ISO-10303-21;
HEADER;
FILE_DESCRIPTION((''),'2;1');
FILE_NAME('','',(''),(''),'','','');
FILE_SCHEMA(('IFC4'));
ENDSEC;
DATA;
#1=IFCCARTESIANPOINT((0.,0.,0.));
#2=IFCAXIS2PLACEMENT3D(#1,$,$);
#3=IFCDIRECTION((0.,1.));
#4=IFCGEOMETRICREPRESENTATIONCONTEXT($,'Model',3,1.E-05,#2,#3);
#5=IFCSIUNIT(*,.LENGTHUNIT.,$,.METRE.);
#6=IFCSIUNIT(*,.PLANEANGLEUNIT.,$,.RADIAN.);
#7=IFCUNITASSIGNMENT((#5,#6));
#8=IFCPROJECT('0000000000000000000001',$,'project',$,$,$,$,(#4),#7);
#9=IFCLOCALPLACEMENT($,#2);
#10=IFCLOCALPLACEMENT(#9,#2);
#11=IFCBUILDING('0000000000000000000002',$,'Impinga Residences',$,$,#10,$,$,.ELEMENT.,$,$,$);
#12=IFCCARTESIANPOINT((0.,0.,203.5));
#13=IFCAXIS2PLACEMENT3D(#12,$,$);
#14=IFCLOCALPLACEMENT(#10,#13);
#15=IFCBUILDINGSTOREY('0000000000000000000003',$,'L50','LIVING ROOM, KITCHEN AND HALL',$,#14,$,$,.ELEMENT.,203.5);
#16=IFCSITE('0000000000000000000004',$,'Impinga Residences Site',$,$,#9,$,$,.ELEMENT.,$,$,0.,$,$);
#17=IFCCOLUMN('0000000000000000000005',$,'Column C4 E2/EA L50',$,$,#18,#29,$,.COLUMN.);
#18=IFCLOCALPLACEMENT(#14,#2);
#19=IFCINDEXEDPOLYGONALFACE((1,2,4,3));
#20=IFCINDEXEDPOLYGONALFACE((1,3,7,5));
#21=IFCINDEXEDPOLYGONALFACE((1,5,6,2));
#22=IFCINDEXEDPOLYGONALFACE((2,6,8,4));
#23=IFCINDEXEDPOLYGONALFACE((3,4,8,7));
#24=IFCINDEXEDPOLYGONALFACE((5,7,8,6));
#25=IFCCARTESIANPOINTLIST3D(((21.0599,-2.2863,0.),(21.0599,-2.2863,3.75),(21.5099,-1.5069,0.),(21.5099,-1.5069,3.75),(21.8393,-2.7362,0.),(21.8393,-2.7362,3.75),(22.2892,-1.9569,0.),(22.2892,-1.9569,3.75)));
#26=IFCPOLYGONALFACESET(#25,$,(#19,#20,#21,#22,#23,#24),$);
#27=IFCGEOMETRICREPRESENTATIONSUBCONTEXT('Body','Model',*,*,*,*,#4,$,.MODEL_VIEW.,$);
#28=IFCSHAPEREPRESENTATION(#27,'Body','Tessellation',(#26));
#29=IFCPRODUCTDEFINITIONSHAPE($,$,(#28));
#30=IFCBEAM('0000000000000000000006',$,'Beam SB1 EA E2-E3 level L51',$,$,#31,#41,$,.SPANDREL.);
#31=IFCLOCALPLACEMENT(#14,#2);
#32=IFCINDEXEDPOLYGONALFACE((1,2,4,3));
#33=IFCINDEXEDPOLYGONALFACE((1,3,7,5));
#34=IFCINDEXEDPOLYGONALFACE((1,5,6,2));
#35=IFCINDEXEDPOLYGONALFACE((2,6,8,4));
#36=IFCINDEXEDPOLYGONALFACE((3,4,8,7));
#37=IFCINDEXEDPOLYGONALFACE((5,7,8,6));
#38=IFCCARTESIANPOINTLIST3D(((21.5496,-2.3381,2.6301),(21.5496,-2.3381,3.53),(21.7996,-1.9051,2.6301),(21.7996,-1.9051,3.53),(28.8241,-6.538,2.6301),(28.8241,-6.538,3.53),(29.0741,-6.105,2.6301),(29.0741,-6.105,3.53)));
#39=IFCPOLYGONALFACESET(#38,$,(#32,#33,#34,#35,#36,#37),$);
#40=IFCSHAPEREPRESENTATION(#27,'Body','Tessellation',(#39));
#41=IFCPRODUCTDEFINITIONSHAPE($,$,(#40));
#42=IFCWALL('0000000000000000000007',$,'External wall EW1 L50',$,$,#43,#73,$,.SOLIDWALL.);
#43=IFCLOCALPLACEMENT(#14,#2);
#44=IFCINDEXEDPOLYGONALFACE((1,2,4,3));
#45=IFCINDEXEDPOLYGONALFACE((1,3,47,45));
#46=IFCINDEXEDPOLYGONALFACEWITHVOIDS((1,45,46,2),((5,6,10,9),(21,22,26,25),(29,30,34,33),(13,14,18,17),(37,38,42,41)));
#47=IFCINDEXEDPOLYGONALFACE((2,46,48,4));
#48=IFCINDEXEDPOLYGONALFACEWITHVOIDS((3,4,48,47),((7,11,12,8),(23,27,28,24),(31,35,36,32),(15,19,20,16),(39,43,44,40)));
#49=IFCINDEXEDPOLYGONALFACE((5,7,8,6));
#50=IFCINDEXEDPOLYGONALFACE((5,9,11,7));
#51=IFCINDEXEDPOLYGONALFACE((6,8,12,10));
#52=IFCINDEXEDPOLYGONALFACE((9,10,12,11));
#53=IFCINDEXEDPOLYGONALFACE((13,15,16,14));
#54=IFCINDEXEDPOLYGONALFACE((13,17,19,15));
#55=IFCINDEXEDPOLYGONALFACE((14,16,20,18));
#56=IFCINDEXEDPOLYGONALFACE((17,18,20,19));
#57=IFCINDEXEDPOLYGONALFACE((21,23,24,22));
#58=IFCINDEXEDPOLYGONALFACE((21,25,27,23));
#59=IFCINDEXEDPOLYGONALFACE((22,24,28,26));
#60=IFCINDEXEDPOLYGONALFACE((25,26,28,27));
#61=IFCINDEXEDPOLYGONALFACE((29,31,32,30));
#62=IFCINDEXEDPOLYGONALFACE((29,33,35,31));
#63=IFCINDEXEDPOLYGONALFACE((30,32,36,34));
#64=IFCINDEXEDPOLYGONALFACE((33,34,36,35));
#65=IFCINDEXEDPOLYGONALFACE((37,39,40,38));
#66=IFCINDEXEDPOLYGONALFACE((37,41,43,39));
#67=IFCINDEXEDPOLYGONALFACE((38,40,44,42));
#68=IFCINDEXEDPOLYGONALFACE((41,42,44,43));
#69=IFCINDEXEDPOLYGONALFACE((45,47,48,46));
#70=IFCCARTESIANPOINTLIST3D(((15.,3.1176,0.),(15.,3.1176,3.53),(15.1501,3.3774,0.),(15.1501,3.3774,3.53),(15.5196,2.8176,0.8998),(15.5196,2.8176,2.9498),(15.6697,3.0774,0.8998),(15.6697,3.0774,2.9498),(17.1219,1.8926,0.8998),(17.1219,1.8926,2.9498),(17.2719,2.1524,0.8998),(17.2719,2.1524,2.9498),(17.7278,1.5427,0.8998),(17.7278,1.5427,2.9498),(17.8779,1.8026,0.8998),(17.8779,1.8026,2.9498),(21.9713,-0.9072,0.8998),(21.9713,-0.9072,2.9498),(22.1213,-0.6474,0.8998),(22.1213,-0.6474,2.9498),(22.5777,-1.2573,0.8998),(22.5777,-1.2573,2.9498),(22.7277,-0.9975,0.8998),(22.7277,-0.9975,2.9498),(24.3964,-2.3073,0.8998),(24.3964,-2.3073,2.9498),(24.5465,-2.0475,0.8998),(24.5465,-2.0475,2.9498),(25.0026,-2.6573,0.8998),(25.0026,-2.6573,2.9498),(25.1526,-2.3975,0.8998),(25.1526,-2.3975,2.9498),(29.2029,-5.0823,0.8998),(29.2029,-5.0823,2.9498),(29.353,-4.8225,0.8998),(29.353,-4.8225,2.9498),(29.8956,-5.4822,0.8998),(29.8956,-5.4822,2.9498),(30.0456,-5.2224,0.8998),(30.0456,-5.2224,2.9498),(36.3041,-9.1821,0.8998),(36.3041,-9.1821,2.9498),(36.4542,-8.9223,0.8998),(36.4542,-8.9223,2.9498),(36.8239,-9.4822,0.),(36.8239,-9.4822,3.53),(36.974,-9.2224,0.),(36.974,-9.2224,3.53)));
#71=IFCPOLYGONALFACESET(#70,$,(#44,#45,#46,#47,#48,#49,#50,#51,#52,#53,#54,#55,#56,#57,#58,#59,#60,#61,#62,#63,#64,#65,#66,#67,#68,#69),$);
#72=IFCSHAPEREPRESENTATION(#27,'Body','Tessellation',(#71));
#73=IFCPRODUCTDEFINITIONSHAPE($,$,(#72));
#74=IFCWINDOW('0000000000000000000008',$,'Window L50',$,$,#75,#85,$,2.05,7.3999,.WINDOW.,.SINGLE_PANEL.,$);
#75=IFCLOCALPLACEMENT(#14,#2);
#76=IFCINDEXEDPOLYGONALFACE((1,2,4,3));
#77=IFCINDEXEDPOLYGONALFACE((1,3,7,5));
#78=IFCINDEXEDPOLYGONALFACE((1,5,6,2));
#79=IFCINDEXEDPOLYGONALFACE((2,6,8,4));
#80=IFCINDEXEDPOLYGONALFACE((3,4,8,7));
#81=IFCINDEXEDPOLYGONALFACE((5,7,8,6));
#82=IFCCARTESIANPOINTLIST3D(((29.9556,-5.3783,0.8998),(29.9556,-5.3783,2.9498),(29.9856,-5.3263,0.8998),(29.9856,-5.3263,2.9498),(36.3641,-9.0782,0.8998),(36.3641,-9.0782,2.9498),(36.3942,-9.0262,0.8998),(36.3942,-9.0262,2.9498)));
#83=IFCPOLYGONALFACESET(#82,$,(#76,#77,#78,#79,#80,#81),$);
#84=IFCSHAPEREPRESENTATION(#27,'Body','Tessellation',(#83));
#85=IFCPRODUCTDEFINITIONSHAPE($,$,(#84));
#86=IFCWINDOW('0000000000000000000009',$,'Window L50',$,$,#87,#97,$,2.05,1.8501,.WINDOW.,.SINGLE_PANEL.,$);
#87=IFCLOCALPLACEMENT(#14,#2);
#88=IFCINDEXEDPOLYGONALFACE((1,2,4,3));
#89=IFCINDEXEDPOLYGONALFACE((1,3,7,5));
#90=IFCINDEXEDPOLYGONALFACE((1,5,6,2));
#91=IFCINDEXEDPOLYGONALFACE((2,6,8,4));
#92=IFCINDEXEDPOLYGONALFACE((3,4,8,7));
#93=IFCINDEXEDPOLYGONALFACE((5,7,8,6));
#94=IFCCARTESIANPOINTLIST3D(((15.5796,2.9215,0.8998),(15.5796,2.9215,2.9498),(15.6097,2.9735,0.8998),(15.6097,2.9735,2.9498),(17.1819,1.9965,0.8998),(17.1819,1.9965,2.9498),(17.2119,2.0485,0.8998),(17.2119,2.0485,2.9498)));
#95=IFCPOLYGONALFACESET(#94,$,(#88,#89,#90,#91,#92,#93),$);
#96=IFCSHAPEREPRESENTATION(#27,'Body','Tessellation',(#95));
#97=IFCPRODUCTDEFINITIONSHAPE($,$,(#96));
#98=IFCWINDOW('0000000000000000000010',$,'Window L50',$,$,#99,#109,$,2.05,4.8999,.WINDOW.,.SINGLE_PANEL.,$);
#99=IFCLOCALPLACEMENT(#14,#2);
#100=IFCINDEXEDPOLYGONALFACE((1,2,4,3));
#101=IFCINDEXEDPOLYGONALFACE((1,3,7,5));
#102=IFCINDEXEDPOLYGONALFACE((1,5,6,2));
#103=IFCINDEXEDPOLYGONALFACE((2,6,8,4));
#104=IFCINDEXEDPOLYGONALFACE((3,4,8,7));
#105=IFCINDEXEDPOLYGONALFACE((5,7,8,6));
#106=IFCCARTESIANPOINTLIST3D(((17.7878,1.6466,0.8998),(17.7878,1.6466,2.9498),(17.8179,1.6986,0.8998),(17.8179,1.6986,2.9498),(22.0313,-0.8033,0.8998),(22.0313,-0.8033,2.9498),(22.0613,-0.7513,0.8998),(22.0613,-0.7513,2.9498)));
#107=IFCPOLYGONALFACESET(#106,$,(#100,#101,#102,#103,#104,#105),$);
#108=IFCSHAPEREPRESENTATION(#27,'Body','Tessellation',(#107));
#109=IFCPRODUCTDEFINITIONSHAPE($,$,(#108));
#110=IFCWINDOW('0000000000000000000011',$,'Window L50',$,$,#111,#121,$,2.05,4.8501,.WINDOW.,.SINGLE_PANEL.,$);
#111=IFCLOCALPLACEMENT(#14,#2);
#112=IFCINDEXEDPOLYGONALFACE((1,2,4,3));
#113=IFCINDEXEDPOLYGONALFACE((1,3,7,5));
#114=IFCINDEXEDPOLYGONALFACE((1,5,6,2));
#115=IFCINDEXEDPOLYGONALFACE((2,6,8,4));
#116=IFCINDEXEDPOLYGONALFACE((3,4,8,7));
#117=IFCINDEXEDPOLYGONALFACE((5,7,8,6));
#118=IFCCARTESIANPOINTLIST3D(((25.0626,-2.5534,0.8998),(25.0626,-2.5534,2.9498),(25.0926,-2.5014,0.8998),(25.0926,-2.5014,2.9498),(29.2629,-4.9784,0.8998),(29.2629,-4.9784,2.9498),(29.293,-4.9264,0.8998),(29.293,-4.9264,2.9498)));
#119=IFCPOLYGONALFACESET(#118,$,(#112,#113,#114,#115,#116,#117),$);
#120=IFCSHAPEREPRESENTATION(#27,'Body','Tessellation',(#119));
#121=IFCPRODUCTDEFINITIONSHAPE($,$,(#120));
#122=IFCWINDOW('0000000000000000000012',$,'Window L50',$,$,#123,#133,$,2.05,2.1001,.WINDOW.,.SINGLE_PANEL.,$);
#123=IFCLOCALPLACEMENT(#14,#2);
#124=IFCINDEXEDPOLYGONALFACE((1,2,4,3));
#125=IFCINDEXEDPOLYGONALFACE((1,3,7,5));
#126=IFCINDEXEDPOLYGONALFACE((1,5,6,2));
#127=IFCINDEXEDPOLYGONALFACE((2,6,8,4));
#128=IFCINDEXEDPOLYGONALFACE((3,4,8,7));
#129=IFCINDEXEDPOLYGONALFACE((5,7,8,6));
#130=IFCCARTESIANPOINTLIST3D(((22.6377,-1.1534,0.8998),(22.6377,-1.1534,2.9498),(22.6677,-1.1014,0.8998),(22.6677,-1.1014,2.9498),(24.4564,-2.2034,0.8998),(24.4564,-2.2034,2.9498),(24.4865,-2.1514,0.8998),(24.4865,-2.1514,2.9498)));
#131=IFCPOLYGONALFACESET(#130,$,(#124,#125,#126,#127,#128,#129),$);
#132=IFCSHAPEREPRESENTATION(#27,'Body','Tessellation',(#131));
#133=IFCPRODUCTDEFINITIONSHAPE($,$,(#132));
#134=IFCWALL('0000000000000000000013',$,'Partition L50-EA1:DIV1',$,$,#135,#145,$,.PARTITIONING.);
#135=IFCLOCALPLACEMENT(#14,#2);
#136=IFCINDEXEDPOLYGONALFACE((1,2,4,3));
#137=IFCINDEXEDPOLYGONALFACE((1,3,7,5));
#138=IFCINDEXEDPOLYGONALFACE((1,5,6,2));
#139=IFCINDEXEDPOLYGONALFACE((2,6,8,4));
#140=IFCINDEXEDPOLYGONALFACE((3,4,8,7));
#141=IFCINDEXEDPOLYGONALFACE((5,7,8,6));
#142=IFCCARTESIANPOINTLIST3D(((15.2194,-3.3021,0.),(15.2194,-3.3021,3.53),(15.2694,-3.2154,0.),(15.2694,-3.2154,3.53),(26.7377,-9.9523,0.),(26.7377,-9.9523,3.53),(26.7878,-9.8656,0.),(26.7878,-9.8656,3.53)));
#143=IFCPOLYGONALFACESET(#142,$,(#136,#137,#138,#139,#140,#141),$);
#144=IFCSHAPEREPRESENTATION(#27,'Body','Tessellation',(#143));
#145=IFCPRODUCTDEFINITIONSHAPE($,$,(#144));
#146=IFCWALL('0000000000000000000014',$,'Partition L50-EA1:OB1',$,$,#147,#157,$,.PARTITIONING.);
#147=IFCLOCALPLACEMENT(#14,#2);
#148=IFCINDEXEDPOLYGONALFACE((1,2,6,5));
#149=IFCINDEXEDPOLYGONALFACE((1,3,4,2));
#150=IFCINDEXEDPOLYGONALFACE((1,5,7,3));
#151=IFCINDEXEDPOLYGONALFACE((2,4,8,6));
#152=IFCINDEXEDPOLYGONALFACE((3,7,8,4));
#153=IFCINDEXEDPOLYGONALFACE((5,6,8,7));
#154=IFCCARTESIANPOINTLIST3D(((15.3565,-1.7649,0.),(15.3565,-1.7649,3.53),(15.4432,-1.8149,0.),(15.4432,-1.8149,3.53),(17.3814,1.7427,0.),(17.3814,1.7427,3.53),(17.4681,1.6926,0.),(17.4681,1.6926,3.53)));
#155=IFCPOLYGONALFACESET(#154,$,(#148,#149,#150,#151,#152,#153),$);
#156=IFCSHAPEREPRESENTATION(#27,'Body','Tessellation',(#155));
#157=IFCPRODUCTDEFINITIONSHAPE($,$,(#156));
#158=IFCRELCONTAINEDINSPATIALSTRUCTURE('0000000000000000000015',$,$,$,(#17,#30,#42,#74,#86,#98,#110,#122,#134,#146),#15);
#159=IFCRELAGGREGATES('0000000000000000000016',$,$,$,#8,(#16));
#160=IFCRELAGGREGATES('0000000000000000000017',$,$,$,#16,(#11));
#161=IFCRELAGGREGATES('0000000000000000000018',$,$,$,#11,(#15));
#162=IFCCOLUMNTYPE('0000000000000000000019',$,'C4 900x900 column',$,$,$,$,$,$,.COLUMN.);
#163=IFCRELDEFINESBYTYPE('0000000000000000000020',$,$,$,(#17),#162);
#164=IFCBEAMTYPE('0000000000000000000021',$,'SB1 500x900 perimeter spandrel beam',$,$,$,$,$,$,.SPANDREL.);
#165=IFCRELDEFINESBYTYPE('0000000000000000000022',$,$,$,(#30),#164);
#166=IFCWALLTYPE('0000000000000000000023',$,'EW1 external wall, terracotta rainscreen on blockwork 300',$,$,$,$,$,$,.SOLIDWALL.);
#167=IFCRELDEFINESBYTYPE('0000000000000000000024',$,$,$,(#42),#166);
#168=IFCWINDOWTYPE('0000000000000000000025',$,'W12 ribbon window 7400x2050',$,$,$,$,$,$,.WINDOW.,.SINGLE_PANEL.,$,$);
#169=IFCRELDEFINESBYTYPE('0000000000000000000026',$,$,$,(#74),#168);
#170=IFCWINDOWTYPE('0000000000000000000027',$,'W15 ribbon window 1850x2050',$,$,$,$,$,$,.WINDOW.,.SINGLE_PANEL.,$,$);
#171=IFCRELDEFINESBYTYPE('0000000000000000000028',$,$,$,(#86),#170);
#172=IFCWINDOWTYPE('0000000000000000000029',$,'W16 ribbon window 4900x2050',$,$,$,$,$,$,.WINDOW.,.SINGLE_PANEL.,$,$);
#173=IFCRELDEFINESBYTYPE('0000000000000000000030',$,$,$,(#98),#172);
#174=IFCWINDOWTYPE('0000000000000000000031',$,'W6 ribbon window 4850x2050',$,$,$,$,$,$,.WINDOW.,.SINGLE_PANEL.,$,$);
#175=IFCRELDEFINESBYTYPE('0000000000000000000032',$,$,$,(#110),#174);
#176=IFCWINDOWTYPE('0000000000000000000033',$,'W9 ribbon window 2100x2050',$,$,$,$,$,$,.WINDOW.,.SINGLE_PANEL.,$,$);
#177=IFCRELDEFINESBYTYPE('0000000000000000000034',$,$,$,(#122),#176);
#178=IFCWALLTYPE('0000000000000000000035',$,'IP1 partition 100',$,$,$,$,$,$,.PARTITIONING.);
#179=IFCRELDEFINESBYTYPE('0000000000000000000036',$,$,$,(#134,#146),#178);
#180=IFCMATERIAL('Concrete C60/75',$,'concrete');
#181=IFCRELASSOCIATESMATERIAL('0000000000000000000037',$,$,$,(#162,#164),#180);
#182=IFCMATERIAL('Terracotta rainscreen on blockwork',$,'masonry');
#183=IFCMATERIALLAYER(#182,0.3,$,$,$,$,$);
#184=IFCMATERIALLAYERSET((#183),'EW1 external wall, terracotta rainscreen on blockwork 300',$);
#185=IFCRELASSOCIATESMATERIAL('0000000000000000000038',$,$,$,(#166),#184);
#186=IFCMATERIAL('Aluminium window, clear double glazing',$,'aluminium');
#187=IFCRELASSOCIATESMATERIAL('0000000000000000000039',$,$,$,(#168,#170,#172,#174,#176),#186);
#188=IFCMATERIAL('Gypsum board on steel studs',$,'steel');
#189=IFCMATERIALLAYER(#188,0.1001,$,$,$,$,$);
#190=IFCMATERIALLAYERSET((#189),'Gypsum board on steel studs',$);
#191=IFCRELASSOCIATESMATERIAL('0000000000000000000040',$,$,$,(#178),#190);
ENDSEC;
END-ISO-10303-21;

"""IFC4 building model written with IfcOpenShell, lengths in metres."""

from ifc_helpers import new_model, si_unit, direction, frame, frame_2d, origin, origin_2d, place, context, subcontext, project, spatial, rectangle, extrude, material, layer, layer_set, material_profile, profile_set, type_object, element, fill, save


model = new_model("IFC4")

# Units and contexts
model_context = context("Model", 3, precision=1e-05, world=origin(), true_north=direction((0.0, 1.0)))
body_context = subcontext(model_context, "Body", "Model", "MODEL_VIEW")
ifc_project = project(units=[si_unit("LENGTHUNIT", "METRE"), si_unit("PLANEANGLEUNIT", "RADIAN")], contexts=[model_context])

# Site, building, storey
site_placement = place(None, origin())
site = spatial("IfcSite", under=ifc_project, at=site_placement, Name="Impinga Residences Site", CompositionType="ELEMENT", RefElevation=0.0)
building_placement = place(site_placement, origin())
building = spatial("IfcBuilding", under=site, at=building_placement, Name="Impinga Residences", CompositionType="ELEMENT")
storey_placement = place(building_placement, frame((0.0, 0.0, 203.5)))
storey = spatial("IfcBuildingStorey", under=building, at=storey_placement, Name="L50", Description="LIVING ROOM, KITCHEN AND HALL", CompositionType="ELEMENT", Elevation=203.5)

# Column
ifc_material_1 = material(Name="Concrete C60/75", Category="concrete")
ifc_material_profile_1 = material_profile(ifc_material_1, rectangle(XDim=0.8999, YDim=0.8999, at=origin_2d()), Name="RC 900x900")
ifc_profile_set_1 = profile_set([ifc_material_profile_1], Name="Concrete C60/75")
column_type = type_object("IfcColumnType", Name="C4 900x900 column", PredefinedType="COLUMN", material=ifc_profile_set_1)
column_placement = place(storey_placement, frame((21.6746, -2.1216, 0.0), z_axis=(0.0, 0.0, 1.0), x_axis=(-0.5, -0.866025, 0.0)))
element("IfcColumn", 1, at=column_placement, inside=storey, type_object=column_type, Name="Column C4 E2/EA L50", PredefinedType="COLUMN", context=body_context, shape_type="SweptSolid", body=[
    extrude(rectangle(XDim=0.8999, YDim=0.8999, at=origin_2d()), origin(), (0.0, 0.0, 1.0), 3.75),
])

# Beam
ifc_material_profile_2 = material_profile(ifc_material_1, rectangle(XDim=0.5, YDim=0.8999, at=origin_2d()), Name="RC 500x900")
ifc_profile_set_2 = profile_set([ifc_material_profile_2], Name="Concrete C60/75")
beam_type = type_object("IfcBeamType", Name="SB1 500x900 perimeter spandrel beam", PredefinedType="SPANDREL", material=ifc_profile_set_2)
beam_placement = place(storey_placement, frame((21.6746, -2.1216, 3.0801), z_axis=(0.866029, -0.499993, 0.0), x_axis=(0.499993, 0.866029, 0.0)))
element("IfcBeam", 2, at=beam_placement, inside=storey, type_object=beam_type, Name="Beam SB1 EA E2-E3 level L51", PredefinedType="SPANDREL", context=body_context, shape_type="SweptSolid", body=[
    extrude(rectangle(XDim=0.5, YDim=0.8999, at=origin_2d()), origin(), (0.0, 0.0, 1.0), 8.3999),
])

# Wall, openings, windows
ifc_material_2 = material(Name="Terracotta rainscreen on blockwork", Category="masonry")
ifc_layer_1 = layer(ifc_material_2, 0.3)
ifc_layer_set_1 = layer_set([ifc_layer_1], Name="EW1 external wall, terracotta rainscreen on blockwork 300")
wall_type_1 = type_object("IfcWallType", Name="EW1 external wall, terracotta rainscreen on blockwork 300", PredefinedType="SOLIDWALL", material=ifc_layer_set_1)
wall_1_placement = place(storey_placement, frame((15.075, 3.2476, 0.0), z_axis=(0.0, 0.0, 1.0), x_axis=(0.866029, -0.499993, 0.0)))
wall_1 = element("IfcWall", 3, at=wall_1_placement, inside=storey, type_object=wall_type_1, Name="External wall EW1 L50", PredefinedType="SOLIDWALL", context=body_context, shape_type="SweptSolid", body=[
    extrude(rectangle(XDim=25.2, YDim=0.3, at=frame_2d((12.6001, 0.0))), origin(), (0.0, 0.0, 1.0), 3.53),
])
opening_1_placement = place(wall_1_placement, frame((0.6001, 0.0, 0.8999)))
opening_1 = element("IfcOpeningElement", 4, at=opening_1_placement, cuts=wall_1, PredefinedType="OPENING", context=body_context, shape_type="SweptSolid", body=[
    extrude(rectangle(XDim=1.8501, YDim=2.05, at=frame_2d((0.925, 1.0249))), frame((0.0, 0.1599, 0.0), z_axis=(0.0, -1.0, 0.0), x_axis=(1.0, 0.0, 0.0)), (0.0, 0.0, 1.0), 0.3201),
])
opening_2_placement = place(wall_1_placement, frame((3.1499, 0.0, 0.8999)))
opening_2 = element("IfcOpeningElement", 5, at=opening_2_placement, cuts=wall_1, PredefinedType="OPENING", context=body_context, shape_type="SweptSolid", body=[
    extrude(rectangle(XDim=4.8999, YDim=2.05, at=frame_2d((2.45, 1.0249))), frame((0.0, 0.1599, 0.0), z_axis=(0.0, -1.0, 0.0), x_axis=(1.0, 0.0, 0.0)), (0.0, 0.0, 1.0), 0.3201),
])
opening_3_placement = place(wall_1_placement, frame((8.75, 0.0, 0.8999)))
opening_3 = element("IfcOpeningElement", 6, at=opening_3_placement, cuts=wall_1, PredefinedType="OPENING", context=body_context, shape_type="SweptSolid", body=[
    extrude(rectangle(XDim=2.1001, YDim=2.05, at=frame_2d((1.05, 1.0249))), frame((0.0, 0.1599, 0.0), z_axis=(0.0, -1.0, 0.0), x_axis=(1.0, 0.0, 0.0)), (0.0, 0.0, 1.0), 0.3201),
])
opening_4_placement = place(wall_1_placement, frame((11.55, 0.0, 0.8999)))
opening_4 = element("IfcOpeningElement", 7, at=opening_4_placement, cuts=wall_1, PredefinedType="OPENING", context=body_context, shape_type="SweptSolid", body=[
    extrude(rectangle(XDim=4.8501, YDim=2.05, at=frame_2d((2.425, 1.0249))), frame((0.0, 0.1599, 0.0), z_axis=(0.0, -1.0, 0.0), x_axis=(1.0, 0.0, 0.0)), (0.0, 0.0, 1.0), 0.3201),
])
opening_5_placement = place(wall_1_placement, frame((17.2, 0.0, 0.8999)))
opening_5 = element("IfcOpeningElement", 8, at=opening_5_placement, cuts=wall_1, PredefinedType="OPENING", context=body_context, shape_type="SweptSolid", body=[
    extrude(rectangle(XDim=7.3999, YDim=2.05, at=frame_2d((3.7, 1.0249))), frame((0.0, 0.1599, 0.0), z_axis=(0.0, -1.0, 0.0), x_axis=(1.0, 0.0, 0.0)), (0.0, 0.0, 1.0), 0.3201),
])
ifc_material_3 = material(Name="Aluminium window, clear double glazing", Category="aluminium")
window_type_1 = type_object("IfcWindowType", Name="W12 ribbon window 7400x2050", PartitioningType="SINGLE_PANEL", PredefinedType="WINDOW", material=ifc_material_3)
window_1_placement = place(opening_5_placement, origin())
window_1 = element("IfcWindow", 9, at=window_1_placement, inside=storey, type_object=window_type_1, Name="Window L50", OverallHeight=2.05, OverallWidth=7.3999, PartitioningType="SINGLE_PANEL", PredefinedType="WINDOW", context=body_context, shape_type="SweptSolid", body=[
    extrude(rectangle(XDim=7.3999, YDim=2.05, at=frame_2d((3.7, 1.0249))), frame((0.0, 0.03, 0.0), z_axis=(0.0, -1.0, 0.0), x_axis=(1.0, 0.0, 0.0)), (0.0, 0.0, 1.0), 0.0601),
])
fill(opening_5, window_1)
window_type_2 = type_object("IfcWindowType", Name="W15 ribbon window 1850x2050", PartitioningType="SINGLE_PANEL", PredefinedType="WINDOW", material=ifc_material_3)
window_2_placement = place(opening_1_placement, origin())
window_2 = element("IfcWindow", 10, at=window_2_placement, inside=storey, type_object=window_type_2, Name="Window L50", OverallHeight=2.05, OverallWidth=1.8501, PartitioningType="SINGLE_PANEL", PredefinedType="WINDOW", context=body_context, shape_type="SweptSolid", body=[
    extrude(rectangle(XDim=1.8501, YDim=2.05, at=frame_2d((0.925, 1.0249))), frame((0.0, 0.03, 0.0), z_axis=(0.0, -1.0, 0.0), x_axis=(1.0, 0.0, 0.0)), (0.0, 0.0, 1.0), 0.0601),
])
fill(opening_1, window_2)
window_type_3 = type_object("IfcWindowType", Name="W16 ribbon window 4900x2050", PartitioningType="SINGLE_PANEL", PredefinedType="WINDOW", material=ifc_material_3)
window_3_placement = place(opening_2_placement, origin())
window_3 = element("IfcWindow", 11, at=window_3_placement, inside=storey, type_object=window_type_3, Name="Window L50", OverallHeight=2.05, OverallWidth=4.8999, PartitioningType="SINGLE_PANEL", PredefinedType="WINDOW", context=body_context, shape_type="SweptSolid", body=[
    extrude(rectangle(XDim=4.8999, YDim=2.05, at=frame_2d((2.45, 1.0249))), frame((0.0, 0.03, 0.0), z_axis=(0.0, -1.0, 0.0), x_axis=(1.0, 0.0, 0.0)), (0.0, 0.0, 1.0), 0.0601),
])
fill(opening_2, window_3)
window_type_4 = type_object("IfcWindowType", Name="W6 ribbon window 4850x2050", PartitioningType="SINGLE_PANEL", PredefinedType="WINDOW", material=ifc_material_3)
window_4_placement = place(opening_4_placement, origin())
window_4 = element("IfcWindow", 12, at=window_4_placement, inside=storey, type_object=window_type_4, Name="Window L50", OverallHeight=2.05, OverallWidth=4.8501, PartitioningType="SINGLE_PANEL", PredefinedType="WINDOW", context=body_context, shape_type="SweptSolid", body=[
    extrude(rectangle(XDim=4.8501, YDim=2.05, at=frame_2d((2.425, 1.0249))), frame((0.0, 0.03, 0.0), z_axis=(0.0, -1.0, 0.0), x_axis=(1.0, 0.0, 0.0)), (0.0, 0.0, 1.0), 0.0601),
])
fill(opening_4, window_4)
window_type_5 = type_object("IfcWindowType", Name="W9 ribbon window 2100x2050", PartitioningType="SINGLE_PANEL", PredefinedType="WINDOW", material=ifc_material_3)
window_5_placement = place(opening_3_placement, origin())
window_5 = element("IfcWindow", 13, at=window_5_placement, inside=storey, type_object=window_type_5, Name="Window L50", OverallHeight=2.05, OverallWidth=2.1001, PartitioningType="SINGLE_PANEL", PredefinedType="WINDOW", context=body_context, shape_type="SweptSolid", body=[
    extrude(rectangle(XDim=2.1001, YDim=2.05, at=frame_2d((1.05, 1.0249))), frame((0.0, 0.03, 0.0), z_axis=(0.0, -1.0, 0.0), x_axis=(1.0, 0.0, 0.0)), (0.0, 0.0, 1.0), 0.0601),
])
fill(opening_3, window_5)

# Walls
ifc_material_4 = material(Name="Gypsum board on steel studs", Category="steel")
ifc_layer_2 = layer(ifc_material_4, 0.1001)
ifc_layer_set_2 = layer_set([ifc_layer_2], Name="Gypsum board on steel studs")
wall_type_2 = type_object("IfcWallType", Name="IP1 partition 100", PredefinedType="PARTITIONING", material=ifc_layer_set_2)
wall_2_placement = place(storey_placement, frame((15.2444, -3.2588, 0.0), z_axis=(0.0, 0.0, 1.0), x_axis=(0.866024, -0.500003, 0.0)))
element("IfcWall", 14, at=wall_2_placement, inside=storey, type_object=wall_type_2, Name="Partition L50-EA1:DIV1", PredefinedType="PARTITIONING", context=body_context, shape_type="SweptSolid", body=[
    extrude(rectangle(XDim=13.3003, YDim=0.1001, at=frame_2d((6.6501, 0.0))), origin(), (0.0, 0.0, 1.0), 3.53),
])
wall_3_placement = place(storey_placement, frame((15.3999, -1.7898, 0.0), z_axis=(0.0, 0.0, 1.0), x_axis=(0.499964, 0.866046, 0.0)))
element("IfcWall", 15, at=wall_3_placement, inside=storey, type_object=wall_type_2, Name="Partition L50-EA1:OB1", PredefinedType="PARTITIONING", context=body_context, shape_type="SweptSolid", body=[
    extrude(rectangle(XDim=4.05, YDim=0.1001, at=frame_2d((2.0249, 0.0))), origin(), (0.0, 0.0, 1.0), 3.53),
])

save(model, "model.ifc")
